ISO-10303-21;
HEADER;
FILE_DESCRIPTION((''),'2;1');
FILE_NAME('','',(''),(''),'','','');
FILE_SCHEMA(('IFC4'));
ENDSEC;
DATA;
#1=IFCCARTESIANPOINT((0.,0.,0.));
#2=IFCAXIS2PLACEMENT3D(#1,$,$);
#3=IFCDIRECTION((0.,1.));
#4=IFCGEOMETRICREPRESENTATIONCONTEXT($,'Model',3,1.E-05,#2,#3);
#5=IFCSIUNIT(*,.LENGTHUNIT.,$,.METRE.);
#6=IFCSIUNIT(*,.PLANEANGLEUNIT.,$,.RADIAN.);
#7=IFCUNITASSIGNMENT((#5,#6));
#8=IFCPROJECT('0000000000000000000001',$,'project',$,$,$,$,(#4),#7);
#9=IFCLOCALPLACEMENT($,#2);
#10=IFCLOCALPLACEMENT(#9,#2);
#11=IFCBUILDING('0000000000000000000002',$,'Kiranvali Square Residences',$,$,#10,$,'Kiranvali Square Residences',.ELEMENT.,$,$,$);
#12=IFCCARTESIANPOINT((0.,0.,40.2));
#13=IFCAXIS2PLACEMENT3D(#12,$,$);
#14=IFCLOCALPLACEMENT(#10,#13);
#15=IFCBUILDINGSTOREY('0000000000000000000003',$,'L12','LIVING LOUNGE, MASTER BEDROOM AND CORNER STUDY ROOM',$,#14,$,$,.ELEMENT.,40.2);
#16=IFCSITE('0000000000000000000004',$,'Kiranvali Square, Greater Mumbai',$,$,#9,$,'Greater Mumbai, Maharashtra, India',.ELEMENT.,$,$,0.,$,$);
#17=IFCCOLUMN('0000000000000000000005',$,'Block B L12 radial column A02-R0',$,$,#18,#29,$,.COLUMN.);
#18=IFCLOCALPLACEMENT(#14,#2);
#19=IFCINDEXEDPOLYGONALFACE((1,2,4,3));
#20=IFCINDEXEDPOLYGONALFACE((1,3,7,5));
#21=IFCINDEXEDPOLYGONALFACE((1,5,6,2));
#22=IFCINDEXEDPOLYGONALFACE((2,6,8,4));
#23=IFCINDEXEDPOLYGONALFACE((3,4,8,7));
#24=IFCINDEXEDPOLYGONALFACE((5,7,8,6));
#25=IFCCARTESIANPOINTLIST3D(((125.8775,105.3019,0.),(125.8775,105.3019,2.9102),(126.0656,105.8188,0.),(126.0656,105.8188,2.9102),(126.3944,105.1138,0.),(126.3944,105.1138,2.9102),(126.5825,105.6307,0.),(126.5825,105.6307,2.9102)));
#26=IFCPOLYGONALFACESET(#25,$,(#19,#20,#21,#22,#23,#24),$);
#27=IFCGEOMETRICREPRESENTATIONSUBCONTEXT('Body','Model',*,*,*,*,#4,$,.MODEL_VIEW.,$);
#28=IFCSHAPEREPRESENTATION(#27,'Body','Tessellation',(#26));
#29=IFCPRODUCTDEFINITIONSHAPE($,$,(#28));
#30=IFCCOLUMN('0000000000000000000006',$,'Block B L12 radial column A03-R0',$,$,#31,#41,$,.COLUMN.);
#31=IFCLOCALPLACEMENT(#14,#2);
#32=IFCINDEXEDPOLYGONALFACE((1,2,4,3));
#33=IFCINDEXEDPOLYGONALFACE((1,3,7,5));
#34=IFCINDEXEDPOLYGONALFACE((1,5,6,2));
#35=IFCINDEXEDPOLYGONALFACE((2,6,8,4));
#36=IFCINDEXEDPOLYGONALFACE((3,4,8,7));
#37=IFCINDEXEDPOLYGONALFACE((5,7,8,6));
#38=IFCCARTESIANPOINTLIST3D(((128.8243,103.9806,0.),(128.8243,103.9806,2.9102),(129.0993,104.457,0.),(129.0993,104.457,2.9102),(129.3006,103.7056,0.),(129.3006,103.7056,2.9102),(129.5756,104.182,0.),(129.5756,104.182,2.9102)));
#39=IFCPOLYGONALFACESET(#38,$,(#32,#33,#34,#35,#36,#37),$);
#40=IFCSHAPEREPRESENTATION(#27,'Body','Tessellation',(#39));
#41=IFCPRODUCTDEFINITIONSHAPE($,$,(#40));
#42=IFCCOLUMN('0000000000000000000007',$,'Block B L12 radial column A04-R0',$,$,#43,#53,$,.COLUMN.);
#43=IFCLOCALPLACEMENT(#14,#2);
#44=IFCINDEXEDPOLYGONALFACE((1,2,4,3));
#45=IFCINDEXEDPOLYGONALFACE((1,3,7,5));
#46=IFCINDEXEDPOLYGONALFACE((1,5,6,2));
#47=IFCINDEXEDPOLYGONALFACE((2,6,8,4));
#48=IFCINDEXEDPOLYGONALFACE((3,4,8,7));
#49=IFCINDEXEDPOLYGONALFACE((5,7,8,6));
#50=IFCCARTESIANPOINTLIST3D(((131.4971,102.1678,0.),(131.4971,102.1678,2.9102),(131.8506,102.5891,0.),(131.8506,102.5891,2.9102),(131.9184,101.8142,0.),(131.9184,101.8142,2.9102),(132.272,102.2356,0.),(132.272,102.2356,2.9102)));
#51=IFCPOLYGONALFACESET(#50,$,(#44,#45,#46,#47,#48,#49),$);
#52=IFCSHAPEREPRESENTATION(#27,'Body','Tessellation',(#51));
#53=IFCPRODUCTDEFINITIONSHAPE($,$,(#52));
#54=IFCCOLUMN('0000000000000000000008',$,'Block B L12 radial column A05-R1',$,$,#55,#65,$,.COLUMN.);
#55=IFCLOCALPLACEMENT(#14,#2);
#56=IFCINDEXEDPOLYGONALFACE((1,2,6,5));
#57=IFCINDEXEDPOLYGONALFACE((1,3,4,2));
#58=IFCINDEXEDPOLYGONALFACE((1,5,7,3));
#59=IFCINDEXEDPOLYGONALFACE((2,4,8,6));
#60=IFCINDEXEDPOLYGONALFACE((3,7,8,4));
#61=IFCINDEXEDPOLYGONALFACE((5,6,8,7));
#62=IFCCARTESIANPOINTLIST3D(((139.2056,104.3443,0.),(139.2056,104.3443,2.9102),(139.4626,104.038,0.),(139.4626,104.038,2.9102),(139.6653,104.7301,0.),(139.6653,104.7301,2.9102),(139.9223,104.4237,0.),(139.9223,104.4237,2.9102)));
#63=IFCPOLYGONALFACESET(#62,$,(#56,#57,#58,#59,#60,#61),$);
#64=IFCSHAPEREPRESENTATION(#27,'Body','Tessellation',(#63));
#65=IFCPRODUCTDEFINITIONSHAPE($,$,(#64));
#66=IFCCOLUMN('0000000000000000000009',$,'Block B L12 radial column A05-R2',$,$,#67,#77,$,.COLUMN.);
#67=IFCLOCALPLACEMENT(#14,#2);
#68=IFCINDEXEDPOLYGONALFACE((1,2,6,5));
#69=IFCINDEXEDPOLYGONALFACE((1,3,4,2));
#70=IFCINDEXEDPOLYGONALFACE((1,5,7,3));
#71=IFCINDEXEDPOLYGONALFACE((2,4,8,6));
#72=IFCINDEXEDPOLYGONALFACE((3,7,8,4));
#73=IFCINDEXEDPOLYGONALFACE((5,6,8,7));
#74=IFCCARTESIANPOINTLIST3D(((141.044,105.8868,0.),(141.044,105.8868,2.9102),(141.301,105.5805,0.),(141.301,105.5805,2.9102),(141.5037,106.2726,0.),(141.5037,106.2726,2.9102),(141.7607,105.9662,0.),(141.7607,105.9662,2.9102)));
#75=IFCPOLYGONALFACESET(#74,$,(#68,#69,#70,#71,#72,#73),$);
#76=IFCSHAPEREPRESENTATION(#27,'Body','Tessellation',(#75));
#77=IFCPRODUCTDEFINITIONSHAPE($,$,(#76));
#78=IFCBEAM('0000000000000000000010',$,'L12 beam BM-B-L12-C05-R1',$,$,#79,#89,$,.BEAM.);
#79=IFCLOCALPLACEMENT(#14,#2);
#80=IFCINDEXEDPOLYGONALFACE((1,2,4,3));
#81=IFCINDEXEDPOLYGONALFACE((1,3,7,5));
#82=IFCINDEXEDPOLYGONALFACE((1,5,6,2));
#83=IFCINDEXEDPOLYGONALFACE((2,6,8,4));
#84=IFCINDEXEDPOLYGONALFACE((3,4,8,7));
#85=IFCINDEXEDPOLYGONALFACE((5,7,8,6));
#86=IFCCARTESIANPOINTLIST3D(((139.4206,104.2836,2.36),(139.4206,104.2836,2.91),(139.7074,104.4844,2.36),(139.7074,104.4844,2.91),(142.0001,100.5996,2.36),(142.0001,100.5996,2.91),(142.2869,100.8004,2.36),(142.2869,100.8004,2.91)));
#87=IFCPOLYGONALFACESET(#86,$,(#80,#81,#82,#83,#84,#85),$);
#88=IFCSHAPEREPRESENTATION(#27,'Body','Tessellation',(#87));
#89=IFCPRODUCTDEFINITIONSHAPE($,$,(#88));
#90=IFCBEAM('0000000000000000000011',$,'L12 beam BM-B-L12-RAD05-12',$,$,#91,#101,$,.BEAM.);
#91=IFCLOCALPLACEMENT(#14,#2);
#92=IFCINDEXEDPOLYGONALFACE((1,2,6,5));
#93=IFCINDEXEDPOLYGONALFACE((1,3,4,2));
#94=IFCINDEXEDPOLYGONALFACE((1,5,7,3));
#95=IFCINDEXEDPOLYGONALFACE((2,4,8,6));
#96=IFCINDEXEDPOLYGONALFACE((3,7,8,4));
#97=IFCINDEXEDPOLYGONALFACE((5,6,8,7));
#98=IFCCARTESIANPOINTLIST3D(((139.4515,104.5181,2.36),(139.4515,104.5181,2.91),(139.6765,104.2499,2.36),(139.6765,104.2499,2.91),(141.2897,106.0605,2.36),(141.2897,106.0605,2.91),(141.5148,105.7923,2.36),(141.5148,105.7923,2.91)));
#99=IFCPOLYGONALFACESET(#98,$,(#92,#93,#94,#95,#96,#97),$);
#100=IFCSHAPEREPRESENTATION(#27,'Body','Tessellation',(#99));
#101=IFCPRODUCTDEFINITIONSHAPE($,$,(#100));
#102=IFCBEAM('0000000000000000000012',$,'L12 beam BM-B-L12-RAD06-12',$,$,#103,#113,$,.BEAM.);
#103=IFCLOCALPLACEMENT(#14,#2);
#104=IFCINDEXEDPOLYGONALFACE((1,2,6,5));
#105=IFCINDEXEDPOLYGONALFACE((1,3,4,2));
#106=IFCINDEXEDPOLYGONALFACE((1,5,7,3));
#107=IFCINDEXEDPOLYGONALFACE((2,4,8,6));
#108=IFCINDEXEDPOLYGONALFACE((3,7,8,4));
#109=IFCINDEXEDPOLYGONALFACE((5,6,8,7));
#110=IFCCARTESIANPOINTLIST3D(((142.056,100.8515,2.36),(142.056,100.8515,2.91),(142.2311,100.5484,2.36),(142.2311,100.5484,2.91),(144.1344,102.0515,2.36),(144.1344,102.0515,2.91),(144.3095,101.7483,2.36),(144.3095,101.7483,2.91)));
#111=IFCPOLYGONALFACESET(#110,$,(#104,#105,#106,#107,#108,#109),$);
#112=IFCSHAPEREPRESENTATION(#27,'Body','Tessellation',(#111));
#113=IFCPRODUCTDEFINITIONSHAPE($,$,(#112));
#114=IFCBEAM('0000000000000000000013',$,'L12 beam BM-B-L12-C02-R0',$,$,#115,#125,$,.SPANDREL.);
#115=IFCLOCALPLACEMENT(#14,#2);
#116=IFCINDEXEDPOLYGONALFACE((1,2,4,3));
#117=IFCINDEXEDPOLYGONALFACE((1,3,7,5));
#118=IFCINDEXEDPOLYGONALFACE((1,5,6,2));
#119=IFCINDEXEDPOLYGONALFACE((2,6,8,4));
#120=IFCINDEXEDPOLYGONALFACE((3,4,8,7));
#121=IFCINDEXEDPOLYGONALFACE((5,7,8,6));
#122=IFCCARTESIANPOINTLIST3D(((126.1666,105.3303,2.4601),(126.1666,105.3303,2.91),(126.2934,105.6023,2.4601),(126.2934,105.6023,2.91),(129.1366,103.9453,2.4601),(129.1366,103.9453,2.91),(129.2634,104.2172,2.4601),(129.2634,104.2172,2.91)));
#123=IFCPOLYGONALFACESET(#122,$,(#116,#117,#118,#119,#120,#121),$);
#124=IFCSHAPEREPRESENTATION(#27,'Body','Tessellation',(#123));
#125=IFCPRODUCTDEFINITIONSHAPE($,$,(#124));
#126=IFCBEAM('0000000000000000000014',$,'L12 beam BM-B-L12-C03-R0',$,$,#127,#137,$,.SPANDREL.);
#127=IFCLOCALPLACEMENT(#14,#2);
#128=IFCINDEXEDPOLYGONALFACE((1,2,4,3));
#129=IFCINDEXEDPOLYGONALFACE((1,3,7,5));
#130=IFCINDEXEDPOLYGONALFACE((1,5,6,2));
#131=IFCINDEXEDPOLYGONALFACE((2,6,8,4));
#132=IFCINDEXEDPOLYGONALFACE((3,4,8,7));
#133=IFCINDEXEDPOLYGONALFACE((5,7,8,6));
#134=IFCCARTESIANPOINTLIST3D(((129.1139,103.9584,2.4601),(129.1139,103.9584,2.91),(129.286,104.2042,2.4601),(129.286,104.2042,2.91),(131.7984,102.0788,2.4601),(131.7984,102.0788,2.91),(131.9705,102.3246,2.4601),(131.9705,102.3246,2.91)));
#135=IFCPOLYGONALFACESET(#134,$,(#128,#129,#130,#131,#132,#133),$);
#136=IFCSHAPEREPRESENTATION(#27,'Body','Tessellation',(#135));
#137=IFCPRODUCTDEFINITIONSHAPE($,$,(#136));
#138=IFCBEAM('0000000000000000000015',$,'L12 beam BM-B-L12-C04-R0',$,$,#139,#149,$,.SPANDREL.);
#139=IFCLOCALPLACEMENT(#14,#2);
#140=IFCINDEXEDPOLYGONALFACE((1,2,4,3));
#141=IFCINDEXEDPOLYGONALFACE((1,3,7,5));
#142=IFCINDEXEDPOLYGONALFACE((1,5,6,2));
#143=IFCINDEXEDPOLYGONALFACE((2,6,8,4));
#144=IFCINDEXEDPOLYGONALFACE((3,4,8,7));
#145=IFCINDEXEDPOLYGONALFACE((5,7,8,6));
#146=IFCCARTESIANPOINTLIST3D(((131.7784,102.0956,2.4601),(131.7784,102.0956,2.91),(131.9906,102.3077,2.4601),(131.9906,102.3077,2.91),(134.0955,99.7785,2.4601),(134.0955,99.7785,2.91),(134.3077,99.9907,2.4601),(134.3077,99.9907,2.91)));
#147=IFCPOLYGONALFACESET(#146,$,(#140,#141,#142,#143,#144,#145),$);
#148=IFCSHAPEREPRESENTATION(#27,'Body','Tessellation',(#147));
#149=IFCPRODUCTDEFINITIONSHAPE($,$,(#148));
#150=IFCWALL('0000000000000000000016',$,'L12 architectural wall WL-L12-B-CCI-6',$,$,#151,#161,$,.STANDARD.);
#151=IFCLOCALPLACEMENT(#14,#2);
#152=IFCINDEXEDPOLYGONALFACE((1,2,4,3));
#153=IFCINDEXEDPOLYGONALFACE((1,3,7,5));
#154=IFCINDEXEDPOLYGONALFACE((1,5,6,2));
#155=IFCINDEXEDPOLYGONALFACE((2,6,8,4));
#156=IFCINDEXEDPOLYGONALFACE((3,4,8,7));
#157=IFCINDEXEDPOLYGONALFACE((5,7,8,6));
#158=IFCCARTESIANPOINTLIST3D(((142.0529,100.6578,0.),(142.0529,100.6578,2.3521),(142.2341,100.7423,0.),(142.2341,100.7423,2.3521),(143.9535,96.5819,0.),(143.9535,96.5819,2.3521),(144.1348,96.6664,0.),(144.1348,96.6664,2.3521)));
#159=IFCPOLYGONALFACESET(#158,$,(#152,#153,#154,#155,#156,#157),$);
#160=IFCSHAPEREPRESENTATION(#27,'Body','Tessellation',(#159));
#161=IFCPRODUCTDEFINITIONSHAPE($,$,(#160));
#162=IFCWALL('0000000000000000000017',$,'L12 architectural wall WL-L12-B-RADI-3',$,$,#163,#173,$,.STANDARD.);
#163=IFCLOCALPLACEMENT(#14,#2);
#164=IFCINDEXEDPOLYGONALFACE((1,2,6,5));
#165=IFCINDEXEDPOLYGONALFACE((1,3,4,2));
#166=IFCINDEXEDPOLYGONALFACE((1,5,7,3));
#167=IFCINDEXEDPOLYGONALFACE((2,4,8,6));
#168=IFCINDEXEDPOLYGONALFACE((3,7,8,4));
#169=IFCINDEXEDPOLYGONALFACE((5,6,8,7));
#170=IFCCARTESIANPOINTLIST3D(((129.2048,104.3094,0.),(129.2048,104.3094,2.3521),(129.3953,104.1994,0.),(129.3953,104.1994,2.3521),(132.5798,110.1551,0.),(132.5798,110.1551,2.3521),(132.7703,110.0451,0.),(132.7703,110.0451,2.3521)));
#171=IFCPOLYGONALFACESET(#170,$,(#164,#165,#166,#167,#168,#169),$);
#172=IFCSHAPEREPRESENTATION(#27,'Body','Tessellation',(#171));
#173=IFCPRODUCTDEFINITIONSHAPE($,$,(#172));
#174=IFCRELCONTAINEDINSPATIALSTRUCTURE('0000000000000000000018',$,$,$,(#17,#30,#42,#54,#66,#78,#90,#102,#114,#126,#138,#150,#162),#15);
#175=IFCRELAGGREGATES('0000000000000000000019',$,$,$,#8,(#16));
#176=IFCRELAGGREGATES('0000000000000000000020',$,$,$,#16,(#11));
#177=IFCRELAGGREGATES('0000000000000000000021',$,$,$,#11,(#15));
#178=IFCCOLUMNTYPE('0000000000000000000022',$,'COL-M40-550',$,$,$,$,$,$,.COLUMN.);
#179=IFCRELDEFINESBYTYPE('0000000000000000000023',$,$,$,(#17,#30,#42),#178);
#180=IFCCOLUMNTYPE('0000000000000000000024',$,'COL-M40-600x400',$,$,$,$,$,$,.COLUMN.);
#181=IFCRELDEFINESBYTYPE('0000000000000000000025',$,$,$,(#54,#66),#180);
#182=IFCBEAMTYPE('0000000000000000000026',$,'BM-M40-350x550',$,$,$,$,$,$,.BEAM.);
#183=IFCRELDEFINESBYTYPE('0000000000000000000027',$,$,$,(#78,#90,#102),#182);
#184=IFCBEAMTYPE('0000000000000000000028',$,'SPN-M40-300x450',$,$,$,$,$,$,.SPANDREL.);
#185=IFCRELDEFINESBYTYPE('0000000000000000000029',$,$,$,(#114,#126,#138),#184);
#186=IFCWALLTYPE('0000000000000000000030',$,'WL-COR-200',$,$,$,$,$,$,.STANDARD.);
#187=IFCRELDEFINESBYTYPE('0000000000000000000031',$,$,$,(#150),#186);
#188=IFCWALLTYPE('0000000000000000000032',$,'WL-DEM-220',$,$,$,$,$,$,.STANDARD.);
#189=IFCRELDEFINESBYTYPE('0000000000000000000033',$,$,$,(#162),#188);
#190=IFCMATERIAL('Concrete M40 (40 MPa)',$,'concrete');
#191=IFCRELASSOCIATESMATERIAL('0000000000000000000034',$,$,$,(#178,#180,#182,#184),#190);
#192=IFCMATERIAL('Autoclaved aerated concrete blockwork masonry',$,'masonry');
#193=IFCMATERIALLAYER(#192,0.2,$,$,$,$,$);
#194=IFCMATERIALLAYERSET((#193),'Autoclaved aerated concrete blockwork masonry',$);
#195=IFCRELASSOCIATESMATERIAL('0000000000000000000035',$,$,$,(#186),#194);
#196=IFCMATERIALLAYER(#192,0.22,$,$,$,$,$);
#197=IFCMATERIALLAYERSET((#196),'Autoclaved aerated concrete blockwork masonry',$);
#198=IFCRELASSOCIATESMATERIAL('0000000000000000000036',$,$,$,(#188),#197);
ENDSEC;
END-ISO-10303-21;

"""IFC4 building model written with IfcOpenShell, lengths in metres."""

from ifc_helpers import new_model, si_unit, direction, frame, frame_2d, origin, origin_2d, place, context, subcontext, project, spatial, rectangle, extrude, material, layer, layer_set, material_profile, profile_set, type_object, element, save


model = new_model("IFC4")

# Units and contexts
model_context = context("Model", 3, precision=1e-05, world=origin(), true_north=direction((0.0, 1.0)))
body_context = subcontext(model_context, "Body", "Model", "MODEL_VIEW")
ifc_project = project(units=[si_unit("LENGTHUNIT", "METRE"), si_unit("PLANEANGLEUNIT", "RADIAN")], contexts=[model_context])

# Site, building, storey
site_placement = place(None, origin())
site = spatial("IfcSite", under=ifc_project, at=site_placement, Name="Kiranvali Square, Greater Mumbai", LongName="Greater Mumbai, Maharashtra, India", CompositionType="ELEMENT", RefElevation=0.0)
building_placement = place(site_placement, origin())
building = spatial("IfcBuilding", under=site, at=building_placement, Name="Kiranvali Square Residences", LongName="Kiranvali Square Residences", CompositionType="ELEMENT")
storey_placement = place(building_placement, frame((0.0, 0.0, 40.2)))
storey = spatial("IfcBuildingStorey", under=building, at=storey_placement, Name="L12", Description="LIVING LOUNGE, MASTER BEDROOM AND CORNER STUDY ROOM", CompositionType="ELEMENT", Elevation=40.2)

# Columns
ifc_material_1 = material(Name="Concrete M40 (40 MPa)", Category="concrete")
ifc_material_profile_1 = material_profile(ifc_material_1, rectangle(XDim=0.55, YDim=0.55, at=origin_2d()), Name="RC 550x550")
ifc_profile_set_1 = profile_set([ifc_material_profile_1], Name="Concrete M40 (40 MPa)")
column_type_1 = type_object("IfcColumnType", Name="COL-M40-550", PredefinedType="COLUMN", material=ifc_profile_set_1)
for number, where, z_axis, x_axis, name in (
    (1, (126.23, 105.4663, 0.0), (0.0, 0.0, 1.0), (-0.939693, 0.34202, 0.0), "Block B L12 radial column A02-R0"),
    (2, (129.2, 104.0813, 0.0), (0.0, 0.0, 1.0), (-0.866025, 0.5, 0.0), "Block B L12 radial column A03-R0"),
    (3, (131.8845, 102.2017, 0.0), (0.0, 0.0, 1.0), (-0.766044, 0.642788, 0.0), "Block B L12 radial column A04-R0"),
):
    element("IfcColumn", number, at=place(storey_placement, frame(where, z_axis=z_axis, x_axis=x_axis)), inside=storey, type_object=column_type_1, Name=name, PredefinedType="COLUMN", context=body_context, shape_type="SweptSolid", body=[
        extrude(rectangle(XDim=0.55, YDim=0.55, at=origin_2d()), origin(), (0.0, 0.0, 1.0), 2.9102),
    ])
ifc_material_profile_2 = material_profile(ifc_material_1, rectangle(XDim=0.3999, YDim=0.6001, at=origin_2d()), Name="RC 600x400")
ifc_profile_set_2 = profile_set([ifc_material_profile_2], Name="Concrete M40 (40 MPa)")
column_type_2 = type_object("IfcColumnType", Name="COL-M40-600x400", PredefinedType="COLUMN", material=ifc_profile_set_2)
for number, where, z_axis, x_axis, name in (
    (4, (139.564, 104.384, 0.0), (0.0, 0.0, 1.0), (-0.642788, 0.766044, 0.0), "Block B L12 radial column A05-R1"),
    (5, (141.4023, 105.9265, 0.0), (0.0, 0.0, 1.0), (-0.642788, 0.766044, 0.0), "Block B L12 radial column A05-R2"),
):
    element("IfcColumn", number, at=place(storey_placement, frame(where, z_axis=z_axis, x_axis=x_axis)), inside=storey, type_object=column_type_2, Name=name, PredefinedType="COLUMN", context=body_context, shape_type="SweptSolid", body=[
        extrude(rectangle(XDim=0.3999, YDim=0.6001, at=origin_2d()), origin(), (0.0, 0.0, 1.0), 2.9102),
    ])

# Beams
ifc_material_profile_3 = material_profile(ifc_material_1, rectangle(XDim=0.3501, YDim=0.55, at=origin_2d()), Name="RC 350x550")
ifc_profile_set_3 = profile_set([ifc_material_profile_3], Name="Concrete M40 (40 MPa)")
beam_type_1 = type_object("IfcBeamType", Name="BM-M40-350x550", PredefinedType="BEAM", material=ifc_profile_set_3)
beam_1_placement = place(storey_placement, frame((139.564, 104.384, 2.635), z_axis=(0.573572, -0.819155, 0.0), x_axis=(0.819155, 0.573572, 0.0)))
element("IfcBeam", 6, at=beam_1_placement, inside=storey, type_object=beam_type_1, Name="L12 beam BM-B-L12-C05-R1", PredefinedType="BEAM", context=body_context, shape_type="SweptSolid", body=[
    extrude(rectangle(XDim=0.3501, YDim=0.55, at=origin_2d()), origin(), (0.0, 0.0, 1.0), 4.4973),
])
beam_2_placement = place(storey_placement, frame((139.564, 104.384, 2.635), z_axis=(0.766065, 0.642763, 0.0), x_axis=(-0.642763, 0.766065, 0.0)))
element("IfcBeam", 7, at=beam_2_placement, inside=storey, type_object=beam_type_1, Name="L12 beam BM-B-L12-RAD05-12", PredefinedType="BEAM", context=body_context, shape_type="SweptSolid", body=[
    extrude(rectangle(XDim=0.3501, YDim=0.55, at=origin_2d()), origin(), (0.0, 0.0, 1.0), 2.3997),
])
beam_3_placement = place(storey_placement, frame((142.1436, 100.7, 2.635), z_axis=(0.866025, 0.500001, 0.0), x_axis=(-0.500001, 0.866025, 0.0)))
element("IfcBeam", 8, at=beam_3_placement, inside=storey, type_object=beam_type_1, Name="L12 beam BM-B-L12-RAD06-12", PredefinedType="BEAM", context=body_context, shape_type="SweptSolid", body=[
    extrude(rectangle(XDim=0.3501, YDim=0.55, at=origin_2d()), origin(), (0.0, 0.0, 1.0), 2.3999),
])
ifc_material_profile_4 = material_profile(ifc_material_1, rectangle(XDim=0.3, YDim=0.45, at=origin_2d()), Name="RC 300x450")
ifc_profile_set_4 = profile_set([ifc_material_profile_4], Name="Concrete M40 (40 MPa)")
beam_type_2 = type_object("IfcBeamType", Name="SPN-M40-300x450", PredefinedType="SPANDREL", material=ifc_profile_set_4)
for number, where, z_axis, x_axis, name in (
    (9, (126.23, 105.4663, 2.6851), (0.906297, -0.422641, 0.0), (0.422641, 0.906297, 0.0), "L12 beam BM-B-L12-C02-R0"),
    (10, (129.2, 104.0813, 2.6851), (0.819169, -0.573552, 0.0), (0.573552, 0.819169, 0.0), "L12 beam BM-B-L12-C03-R0"),
):
    element("IfcBeam", number, at=place(storey_placement, frame(where, z_axis=z_axis, x_axis=x_axis)), inside=storey, type_object=beam_type_2, Name=name, PredefinedType="SPANDREL", context=body_context, shape_type="SweptSolid", body=[
        extrude(rectangle(XDim=0.3, YDim=0.45, at=origin_2d()), origin(), (0.0, 0.0, 1.0), 3.2771),
    ])
beam_4_placement = place(storey_placement, frame((131.8845, 102.2017, 2.6851), z_axis=(0.707107, -0.707107, 0.0), x_axis=(0.707107, 0.707107, 0.0)))
element("IfcBeam", 11, at=beam_4_placement, inside=storey, type_object=beam_type_2, Name="L12 beam BM-B-L12-C04-R0", PredefinedType="SPANDREL", context=body_context, shape_type="SweptSolid", body=[
    extrude(rectangle(XDim=0.3, YDim=0.45, at=origin_2d()), origin(), (0.0, 0.0, 1.0), 3.2769),
])

# Shared definitions
ifc_material_2 = material(Name="Autoclaved aerated concrete blockwork masonry", Category="masonry")
ifc_layer_1 = layer(ifc_material_2, 0.2)
ifc_layer_set_1 = layer_set([ifc_layer_1], Name="Autoclaved aerated concrete blockwork masonry")
wall_type_1 = type_object("IfcWallType", Name="WL-COR-200", PredefinedType="STANDARD", material=ifc_layer_set_1)

# Walls
wall_1_placement = place(storey_placement, frame((142.1436, 100.7, 0.0), z_axis=(0.0, 0.0, 1.0), x_axis=(0.422618, -0.906308, 0.0)))
element("IfcWall", 12, at=wall_1_placement, inside=storey, type_object=wall_type_1, Name="L12 architectural wall WL-L12-B-CCI-6", PredefinedType="STANDARD", context=body_context, shape_type="SweptSolid", body=[
    extrude(rectangle(XDim=4.4973, YDim=0.2, at=frame_2d((2.2485, 0.0))), origin(), (0.0, 0.0, 1.0), 2.3521),
])
ifc_layer_2 = layer(ifc_material_2, 0.22)
ifc_layer_set_2 = layer_set([ifc_layer_2], Name="Autoclaved aerated concrete blockwork masonry")
wall_type_2 = type_object("IfcWallType", Name="WL-DEM-220", PredefinedType="STANDARD", material=ifc_layer_set_2)
wall_2_placement = place(storey_placement, frame((129.3, 104.2544, 0.0), z_axis=(0.0, 0.0, 1.0), x_axis=(0.499998, 0.866027, 0.0)))
element("IfcWall", 13, at=wall_2_placement, inside=storey, type_object=wall_type_2, Name="L12 architectural wall WL-L12-B-RADI-3", PredefinedType="STANDARD", context=body_context, shape_type="SweptSolid", body=[
    extrude(rectangle(XDim=6.75, YDim=0.22, at=frame_2d((3.375, 0.0))), origin(), (0.0, 0.0, 1.0), 2.3521),
])

save(model, "model.ifc")
